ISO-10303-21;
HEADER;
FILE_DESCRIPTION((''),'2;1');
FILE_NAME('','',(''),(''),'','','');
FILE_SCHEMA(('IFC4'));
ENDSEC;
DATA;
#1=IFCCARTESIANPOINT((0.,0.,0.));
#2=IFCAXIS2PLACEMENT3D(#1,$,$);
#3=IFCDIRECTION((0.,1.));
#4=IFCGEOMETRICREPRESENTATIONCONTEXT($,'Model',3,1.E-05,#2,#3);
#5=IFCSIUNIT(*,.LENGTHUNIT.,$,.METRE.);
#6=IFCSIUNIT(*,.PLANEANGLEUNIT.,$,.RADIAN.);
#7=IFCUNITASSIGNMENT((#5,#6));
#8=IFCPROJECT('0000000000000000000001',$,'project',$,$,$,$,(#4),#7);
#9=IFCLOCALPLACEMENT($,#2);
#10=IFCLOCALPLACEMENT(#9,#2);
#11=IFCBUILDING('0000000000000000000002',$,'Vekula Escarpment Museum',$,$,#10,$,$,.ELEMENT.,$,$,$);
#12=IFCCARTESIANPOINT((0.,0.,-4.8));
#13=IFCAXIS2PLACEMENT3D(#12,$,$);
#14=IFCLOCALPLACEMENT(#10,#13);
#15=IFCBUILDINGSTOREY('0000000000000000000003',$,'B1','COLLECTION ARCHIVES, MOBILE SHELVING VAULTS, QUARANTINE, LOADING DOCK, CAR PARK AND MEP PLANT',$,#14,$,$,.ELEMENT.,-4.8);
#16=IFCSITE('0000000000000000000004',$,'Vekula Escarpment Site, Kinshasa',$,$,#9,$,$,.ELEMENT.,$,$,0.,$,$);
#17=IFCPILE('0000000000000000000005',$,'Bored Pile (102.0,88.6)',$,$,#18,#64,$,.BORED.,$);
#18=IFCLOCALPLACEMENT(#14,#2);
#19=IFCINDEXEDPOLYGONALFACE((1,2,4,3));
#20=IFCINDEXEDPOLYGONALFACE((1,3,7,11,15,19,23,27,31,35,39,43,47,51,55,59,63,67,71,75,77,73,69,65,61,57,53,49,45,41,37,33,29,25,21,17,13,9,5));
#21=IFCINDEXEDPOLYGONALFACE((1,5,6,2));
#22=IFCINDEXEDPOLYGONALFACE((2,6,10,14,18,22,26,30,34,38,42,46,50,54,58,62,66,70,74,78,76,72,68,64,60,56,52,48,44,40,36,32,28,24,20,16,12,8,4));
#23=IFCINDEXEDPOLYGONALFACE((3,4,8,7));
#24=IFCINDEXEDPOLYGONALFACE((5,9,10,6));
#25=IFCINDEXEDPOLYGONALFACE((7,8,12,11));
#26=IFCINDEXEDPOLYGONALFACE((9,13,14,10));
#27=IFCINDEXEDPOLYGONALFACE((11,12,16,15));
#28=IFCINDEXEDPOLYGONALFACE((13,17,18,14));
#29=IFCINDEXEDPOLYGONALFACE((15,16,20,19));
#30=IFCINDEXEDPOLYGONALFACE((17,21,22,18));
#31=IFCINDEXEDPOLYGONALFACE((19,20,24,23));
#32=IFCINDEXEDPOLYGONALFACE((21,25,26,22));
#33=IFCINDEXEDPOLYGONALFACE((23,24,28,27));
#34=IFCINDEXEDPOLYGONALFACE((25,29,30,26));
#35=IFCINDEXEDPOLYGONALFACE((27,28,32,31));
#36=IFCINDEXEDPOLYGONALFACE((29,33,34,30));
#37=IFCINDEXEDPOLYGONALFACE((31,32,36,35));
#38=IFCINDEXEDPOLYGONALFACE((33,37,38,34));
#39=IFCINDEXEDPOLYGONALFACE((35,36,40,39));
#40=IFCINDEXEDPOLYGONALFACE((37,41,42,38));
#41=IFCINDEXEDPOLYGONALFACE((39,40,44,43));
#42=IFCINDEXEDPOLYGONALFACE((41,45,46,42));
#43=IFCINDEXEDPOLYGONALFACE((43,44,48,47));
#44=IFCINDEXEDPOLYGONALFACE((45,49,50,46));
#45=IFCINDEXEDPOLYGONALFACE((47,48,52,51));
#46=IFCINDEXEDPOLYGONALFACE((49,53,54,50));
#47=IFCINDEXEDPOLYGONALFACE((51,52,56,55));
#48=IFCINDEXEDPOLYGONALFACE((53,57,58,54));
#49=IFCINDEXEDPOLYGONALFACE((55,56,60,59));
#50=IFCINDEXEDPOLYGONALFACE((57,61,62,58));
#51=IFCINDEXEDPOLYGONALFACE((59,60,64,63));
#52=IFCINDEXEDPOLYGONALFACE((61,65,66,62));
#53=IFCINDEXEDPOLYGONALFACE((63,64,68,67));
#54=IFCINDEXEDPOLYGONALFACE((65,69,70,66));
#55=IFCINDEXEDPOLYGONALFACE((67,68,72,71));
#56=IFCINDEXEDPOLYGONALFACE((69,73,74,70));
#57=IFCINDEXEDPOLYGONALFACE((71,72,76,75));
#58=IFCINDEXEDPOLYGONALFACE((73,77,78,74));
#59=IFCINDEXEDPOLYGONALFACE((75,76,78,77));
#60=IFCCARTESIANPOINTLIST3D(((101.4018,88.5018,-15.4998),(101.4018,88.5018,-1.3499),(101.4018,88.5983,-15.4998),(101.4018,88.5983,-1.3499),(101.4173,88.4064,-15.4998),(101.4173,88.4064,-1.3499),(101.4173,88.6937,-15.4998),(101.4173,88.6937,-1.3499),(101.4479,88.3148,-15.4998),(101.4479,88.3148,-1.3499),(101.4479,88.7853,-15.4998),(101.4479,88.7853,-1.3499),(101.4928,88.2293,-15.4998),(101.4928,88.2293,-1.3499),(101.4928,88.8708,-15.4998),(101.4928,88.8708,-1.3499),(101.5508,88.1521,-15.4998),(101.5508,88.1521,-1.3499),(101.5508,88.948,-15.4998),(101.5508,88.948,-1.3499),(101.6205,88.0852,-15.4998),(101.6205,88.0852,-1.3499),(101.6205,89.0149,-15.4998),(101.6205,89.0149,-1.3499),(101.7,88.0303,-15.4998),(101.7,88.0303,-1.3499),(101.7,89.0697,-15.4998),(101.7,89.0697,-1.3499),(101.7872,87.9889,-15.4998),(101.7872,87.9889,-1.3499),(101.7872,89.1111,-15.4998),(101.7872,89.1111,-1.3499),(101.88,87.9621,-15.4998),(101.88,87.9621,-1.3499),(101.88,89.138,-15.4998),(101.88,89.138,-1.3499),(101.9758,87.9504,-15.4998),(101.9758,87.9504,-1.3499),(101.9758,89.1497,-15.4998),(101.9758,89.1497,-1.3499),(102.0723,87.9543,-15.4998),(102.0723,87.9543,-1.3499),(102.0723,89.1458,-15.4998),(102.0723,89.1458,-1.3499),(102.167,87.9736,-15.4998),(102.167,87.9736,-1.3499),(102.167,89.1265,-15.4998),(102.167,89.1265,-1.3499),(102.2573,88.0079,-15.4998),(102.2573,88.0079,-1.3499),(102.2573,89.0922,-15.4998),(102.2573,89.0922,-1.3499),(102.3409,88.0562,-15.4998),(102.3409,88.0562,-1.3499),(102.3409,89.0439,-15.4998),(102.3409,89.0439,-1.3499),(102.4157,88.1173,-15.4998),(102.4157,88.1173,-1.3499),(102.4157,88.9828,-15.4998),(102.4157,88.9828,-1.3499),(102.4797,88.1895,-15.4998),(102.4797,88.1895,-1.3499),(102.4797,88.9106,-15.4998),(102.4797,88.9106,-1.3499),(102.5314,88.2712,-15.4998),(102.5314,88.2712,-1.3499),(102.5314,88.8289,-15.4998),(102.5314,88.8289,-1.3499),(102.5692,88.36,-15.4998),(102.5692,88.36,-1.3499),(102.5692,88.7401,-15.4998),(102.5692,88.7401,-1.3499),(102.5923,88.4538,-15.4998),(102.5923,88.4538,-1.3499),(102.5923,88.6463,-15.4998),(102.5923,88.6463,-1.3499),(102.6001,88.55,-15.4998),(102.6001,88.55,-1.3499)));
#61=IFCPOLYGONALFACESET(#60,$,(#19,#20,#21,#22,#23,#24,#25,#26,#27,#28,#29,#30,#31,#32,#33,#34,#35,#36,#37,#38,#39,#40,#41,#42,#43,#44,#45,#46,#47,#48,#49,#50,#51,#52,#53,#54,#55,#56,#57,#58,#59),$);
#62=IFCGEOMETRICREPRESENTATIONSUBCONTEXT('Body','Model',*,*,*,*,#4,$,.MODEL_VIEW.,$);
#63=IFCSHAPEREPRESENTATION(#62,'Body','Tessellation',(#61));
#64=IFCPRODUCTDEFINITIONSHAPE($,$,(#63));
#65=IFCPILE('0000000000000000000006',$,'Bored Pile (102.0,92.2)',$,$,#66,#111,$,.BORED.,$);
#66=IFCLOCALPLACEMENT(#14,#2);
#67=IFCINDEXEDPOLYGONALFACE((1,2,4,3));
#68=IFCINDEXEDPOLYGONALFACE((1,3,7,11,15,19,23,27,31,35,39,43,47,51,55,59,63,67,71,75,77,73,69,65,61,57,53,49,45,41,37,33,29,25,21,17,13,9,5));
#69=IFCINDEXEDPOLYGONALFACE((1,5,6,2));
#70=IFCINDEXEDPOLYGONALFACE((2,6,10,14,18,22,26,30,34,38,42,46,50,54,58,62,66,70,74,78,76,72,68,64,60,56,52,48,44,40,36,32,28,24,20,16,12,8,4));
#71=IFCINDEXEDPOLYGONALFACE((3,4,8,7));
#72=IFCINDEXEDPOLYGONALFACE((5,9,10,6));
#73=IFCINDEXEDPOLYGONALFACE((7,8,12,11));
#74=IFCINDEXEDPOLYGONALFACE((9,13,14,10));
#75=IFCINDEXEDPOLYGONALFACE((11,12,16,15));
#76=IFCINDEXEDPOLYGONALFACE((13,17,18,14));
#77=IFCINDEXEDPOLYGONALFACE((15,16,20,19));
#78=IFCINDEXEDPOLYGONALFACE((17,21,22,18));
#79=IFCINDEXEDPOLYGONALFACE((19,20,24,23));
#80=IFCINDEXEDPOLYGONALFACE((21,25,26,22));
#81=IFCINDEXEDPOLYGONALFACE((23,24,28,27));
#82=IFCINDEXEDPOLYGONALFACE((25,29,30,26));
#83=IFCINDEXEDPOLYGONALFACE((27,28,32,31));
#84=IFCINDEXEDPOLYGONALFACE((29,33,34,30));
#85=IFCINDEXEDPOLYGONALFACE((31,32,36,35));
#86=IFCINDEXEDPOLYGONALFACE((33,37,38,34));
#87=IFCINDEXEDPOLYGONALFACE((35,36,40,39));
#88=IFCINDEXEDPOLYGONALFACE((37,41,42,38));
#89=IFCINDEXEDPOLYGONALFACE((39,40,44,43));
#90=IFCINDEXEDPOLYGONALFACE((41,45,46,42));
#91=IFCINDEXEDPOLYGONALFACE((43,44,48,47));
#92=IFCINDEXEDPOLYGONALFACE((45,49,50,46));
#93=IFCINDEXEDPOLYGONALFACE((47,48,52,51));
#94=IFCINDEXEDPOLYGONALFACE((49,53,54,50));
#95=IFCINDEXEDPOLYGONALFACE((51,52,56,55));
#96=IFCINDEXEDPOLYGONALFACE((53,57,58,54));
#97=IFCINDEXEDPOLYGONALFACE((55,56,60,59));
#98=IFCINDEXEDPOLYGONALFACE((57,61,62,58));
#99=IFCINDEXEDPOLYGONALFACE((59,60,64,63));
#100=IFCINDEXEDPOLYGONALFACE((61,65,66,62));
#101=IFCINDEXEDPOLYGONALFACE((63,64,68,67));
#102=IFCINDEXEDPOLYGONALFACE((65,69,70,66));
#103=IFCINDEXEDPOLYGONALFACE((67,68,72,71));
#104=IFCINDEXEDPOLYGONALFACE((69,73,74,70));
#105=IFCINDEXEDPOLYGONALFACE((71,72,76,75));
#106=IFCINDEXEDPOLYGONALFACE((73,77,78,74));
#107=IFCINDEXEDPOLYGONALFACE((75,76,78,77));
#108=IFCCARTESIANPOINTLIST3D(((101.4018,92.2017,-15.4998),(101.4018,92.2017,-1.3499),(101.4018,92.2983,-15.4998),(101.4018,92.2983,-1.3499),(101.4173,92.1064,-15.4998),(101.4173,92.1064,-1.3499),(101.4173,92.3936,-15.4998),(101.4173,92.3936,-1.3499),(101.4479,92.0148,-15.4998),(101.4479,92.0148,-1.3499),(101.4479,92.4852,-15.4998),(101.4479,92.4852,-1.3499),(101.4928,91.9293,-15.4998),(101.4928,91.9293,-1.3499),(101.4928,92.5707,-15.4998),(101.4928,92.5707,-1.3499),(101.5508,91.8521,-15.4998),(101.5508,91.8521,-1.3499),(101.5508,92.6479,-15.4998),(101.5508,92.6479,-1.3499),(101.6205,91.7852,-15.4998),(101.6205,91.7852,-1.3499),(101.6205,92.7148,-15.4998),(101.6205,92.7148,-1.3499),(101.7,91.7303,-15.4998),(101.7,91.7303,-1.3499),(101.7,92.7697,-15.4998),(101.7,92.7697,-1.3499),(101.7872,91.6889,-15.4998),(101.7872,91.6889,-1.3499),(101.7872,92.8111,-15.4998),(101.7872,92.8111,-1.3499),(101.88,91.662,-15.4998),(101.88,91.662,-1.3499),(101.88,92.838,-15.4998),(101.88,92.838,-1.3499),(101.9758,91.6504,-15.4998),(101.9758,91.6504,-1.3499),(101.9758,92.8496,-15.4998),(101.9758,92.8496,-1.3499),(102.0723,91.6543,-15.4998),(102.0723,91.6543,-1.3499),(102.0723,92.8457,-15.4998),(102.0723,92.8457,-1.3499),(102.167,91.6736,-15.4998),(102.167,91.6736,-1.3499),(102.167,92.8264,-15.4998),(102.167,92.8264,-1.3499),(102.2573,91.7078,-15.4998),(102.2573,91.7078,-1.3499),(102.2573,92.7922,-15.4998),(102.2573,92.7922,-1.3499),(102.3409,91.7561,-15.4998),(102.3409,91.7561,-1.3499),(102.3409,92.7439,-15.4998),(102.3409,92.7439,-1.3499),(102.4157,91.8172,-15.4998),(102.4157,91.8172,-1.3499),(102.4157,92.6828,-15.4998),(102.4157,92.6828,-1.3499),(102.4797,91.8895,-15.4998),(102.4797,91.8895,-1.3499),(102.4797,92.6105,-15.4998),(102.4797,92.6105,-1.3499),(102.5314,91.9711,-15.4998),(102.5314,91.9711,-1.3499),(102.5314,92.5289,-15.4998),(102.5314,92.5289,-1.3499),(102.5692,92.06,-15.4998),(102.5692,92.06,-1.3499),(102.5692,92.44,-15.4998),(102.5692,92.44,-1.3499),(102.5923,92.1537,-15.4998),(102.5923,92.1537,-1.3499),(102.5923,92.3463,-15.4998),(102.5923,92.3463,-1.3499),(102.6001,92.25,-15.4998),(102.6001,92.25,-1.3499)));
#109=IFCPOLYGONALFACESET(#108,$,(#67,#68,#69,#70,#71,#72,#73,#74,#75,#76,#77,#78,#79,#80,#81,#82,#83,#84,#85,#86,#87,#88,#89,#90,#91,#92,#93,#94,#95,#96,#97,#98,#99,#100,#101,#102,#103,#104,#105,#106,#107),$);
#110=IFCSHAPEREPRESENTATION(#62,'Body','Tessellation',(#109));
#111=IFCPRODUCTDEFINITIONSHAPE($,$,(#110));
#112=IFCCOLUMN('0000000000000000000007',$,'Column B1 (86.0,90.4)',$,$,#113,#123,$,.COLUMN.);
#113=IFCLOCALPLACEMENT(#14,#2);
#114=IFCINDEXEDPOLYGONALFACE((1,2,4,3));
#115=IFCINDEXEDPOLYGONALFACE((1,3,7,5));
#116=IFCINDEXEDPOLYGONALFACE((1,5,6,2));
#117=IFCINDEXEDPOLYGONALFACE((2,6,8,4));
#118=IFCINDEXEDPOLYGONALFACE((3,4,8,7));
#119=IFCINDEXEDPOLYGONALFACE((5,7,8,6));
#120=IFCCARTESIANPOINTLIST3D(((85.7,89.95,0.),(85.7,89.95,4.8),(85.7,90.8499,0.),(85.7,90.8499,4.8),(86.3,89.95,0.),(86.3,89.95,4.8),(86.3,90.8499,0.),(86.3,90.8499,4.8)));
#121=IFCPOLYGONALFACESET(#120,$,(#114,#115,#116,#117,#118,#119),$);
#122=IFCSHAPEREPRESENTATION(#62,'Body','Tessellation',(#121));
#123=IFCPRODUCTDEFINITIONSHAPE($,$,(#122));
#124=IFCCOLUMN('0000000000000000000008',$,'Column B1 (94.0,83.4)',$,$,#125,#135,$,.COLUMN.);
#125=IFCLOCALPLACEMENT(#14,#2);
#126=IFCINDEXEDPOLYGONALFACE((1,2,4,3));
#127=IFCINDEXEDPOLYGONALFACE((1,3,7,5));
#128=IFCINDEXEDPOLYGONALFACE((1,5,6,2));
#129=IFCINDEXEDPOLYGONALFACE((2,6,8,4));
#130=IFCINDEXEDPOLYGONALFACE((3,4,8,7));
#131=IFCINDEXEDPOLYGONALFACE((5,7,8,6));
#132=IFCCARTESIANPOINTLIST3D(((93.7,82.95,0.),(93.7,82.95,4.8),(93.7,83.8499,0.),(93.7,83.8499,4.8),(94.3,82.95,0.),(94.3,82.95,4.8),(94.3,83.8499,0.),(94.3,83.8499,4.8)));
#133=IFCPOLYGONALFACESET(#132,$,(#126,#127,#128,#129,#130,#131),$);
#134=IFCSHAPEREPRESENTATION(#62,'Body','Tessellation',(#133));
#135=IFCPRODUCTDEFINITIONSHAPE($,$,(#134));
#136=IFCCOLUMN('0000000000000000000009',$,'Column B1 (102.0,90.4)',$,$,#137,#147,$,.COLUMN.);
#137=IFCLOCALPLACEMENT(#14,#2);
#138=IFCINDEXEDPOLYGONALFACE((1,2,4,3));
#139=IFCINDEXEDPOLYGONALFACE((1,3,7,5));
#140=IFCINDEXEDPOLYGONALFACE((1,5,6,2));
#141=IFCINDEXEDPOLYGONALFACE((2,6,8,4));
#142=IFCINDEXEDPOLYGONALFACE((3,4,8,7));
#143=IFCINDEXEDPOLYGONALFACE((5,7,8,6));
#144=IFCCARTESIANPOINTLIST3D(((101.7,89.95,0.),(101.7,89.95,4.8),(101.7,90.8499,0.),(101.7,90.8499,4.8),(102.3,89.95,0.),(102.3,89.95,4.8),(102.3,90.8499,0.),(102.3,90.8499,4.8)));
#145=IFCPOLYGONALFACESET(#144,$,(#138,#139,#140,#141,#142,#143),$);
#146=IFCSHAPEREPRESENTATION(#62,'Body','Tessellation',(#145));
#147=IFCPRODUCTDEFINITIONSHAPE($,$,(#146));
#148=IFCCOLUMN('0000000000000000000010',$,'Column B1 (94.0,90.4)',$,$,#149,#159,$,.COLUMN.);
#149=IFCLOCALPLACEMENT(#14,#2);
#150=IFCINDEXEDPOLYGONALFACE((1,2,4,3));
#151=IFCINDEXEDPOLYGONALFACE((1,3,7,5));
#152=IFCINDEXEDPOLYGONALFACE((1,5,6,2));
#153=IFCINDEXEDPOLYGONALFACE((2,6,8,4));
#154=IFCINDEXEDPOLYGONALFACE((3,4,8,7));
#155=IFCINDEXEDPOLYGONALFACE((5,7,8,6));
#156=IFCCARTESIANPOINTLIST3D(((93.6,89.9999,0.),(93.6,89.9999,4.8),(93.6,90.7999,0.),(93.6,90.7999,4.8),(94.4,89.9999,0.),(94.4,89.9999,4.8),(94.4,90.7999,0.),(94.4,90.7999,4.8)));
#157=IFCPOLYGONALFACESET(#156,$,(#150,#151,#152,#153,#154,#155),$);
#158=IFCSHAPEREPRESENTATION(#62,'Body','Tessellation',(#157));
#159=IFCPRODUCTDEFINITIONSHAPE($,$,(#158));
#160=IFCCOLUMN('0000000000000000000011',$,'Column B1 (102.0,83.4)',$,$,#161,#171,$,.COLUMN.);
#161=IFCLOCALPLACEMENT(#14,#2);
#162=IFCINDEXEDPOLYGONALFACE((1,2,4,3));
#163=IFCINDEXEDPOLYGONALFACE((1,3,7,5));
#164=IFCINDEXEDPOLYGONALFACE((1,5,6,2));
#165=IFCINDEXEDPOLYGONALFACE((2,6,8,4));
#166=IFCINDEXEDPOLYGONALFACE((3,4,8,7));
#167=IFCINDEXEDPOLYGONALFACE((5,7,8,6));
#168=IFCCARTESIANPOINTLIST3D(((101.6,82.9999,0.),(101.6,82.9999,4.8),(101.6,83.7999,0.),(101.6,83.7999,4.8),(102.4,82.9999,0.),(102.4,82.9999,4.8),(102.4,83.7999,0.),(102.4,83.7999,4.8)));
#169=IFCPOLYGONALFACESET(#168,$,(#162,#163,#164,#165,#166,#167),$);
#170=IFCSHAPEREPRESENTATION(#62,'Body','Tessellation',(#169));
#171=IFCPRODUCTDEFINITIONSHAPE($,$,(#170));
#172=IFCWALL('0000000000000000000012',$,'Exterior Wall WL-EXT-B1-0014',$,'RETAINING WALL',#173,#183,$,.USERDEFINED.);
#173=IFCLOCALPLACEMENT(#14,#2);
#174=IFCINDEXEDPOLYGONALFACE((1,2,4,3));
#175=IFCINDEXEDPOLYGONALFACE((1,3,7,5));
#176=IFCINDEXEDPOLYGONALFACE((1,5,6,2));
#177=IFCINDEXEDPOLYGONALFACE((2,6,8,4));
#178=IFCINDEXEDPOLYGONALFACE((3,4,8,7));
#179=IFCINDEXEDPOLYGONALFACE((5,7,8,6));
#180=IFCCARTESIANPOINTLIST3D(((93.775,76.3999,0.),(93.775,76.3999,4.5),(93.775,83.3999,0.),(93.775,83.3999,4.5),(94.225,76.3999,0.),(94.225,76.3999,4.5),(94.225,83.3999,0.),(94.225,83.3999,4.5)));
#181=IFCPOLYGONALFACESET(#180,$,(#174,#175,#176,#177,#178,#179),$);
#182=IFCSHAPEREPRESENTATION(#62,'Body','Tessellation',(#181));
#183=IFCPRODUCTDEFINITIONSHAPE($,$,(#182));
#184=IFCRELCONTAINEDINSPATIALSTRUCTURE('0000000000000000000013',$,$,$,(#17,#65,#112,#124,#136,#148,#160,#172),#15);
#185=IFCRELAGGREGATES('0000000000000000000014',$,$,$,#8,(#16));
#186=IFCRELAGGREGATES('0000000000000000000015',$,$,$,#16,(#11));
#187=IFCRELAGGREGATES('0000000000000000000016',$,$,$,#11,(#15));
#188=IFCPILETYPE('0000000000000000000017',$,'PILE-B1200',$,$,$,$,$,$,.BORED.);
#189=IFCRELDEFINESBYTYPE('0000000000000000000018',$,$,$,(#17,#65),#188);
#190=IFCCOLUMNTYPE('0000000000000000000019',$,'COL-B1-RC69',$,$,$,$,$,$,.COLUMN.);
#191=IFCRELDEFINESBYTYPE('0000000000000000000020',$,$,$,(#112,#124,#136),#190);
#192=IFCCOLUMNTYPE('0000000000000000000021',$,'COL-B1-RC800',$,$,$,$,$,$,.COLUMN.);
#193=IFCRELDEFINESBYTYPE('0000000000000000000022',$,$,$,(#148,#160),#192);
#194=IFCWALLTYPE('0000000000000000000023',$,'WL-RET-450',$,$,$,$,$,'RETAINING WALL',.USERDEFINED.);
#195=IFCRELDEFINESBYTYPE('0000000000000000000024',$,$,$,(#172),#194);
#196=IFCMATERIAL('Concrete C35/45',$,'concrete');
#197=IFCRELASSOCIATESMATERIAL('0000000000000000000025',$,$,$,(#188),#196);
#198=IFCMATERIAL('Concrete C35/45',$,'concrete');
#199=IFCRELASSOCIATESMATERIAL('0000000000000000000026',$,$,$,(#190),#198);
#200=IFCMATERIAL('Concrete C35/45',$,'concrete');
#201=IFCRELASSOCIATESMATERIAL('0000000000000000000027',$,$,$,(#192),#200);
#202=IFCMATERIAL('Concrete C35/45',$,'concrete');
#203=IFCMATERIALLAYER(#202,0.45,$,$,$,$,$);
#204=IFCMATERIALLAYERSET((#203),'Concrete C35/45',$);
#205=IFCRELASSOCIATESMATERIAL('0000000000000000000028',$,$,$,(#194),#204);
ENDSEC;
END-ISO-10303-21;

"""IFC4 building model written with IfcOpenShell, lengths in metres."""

from ifc_helpers import new_model, si_unit, direction, frame, frame_2d, origin, origin_2d, place, context, subcontext, project, spatial, rectangle, circle, extrude, material, layer, layer_set, material_profile, profile_set, type_object, element, save


model = new_model("IFC4")

# Units and contexts
model_context = context("Model", 3, precision=1e-05, world=origin(), true_north=direction((0.0, 1.0)))
body_context = subcontext(model_context, "Body", "Model", "MODEL_VIEW")
ifc_project = project(units=[si_unit("LENGTHUNIT", "METRE"), si_unit("PLANEANGLEUNIT", "RADIAN")], contexts=[model_context])

# Site, building, storey
site_placement = place(None, origin())
site = spatial("IfcSite", under=ifc_project, at=site_placement, Name="Vekula Escarpment Site, Kinshasa", CompositionType="ELEMENT", RefElevation=0.0)
building_placement = place(site_placement, origin())
building = spatial("IfcBuilding", under=site, at=building_placement, Name="Vekula Escarpment Museum", CompositionType="ELEMENT")
storey_placement = place(building_placement, frame((0.0, 0.0, -4.8)))
storey = spatial("IfcBuildingStorey", under=building, at=storey_placement, Name="B1", Description="COLLECTION ARCHIVES, MOBILE SHELVING VAULTS, QUARANTINE, LOADING DOCK, CAR PARK AND MEP PLANT", CompositionType="ELEMENT", Elevation=-4.8)

# Piles
ifc_material_1 = material(Name="Concrete C35/45", Category="concrete")
ifc_material_profile_1 = material_profile(ifc_material_1, circle(Radius=0.6001, at=origin_2d()), Name="BORED PILE 1200")
ifc_profile_set_1 = profile_set([ifc_material_profile_1], Name="Concrete C35/45")
pile_type = type_object("IfcPileType", Name="PILE-B1200", PredefinedType="BORED", material=ifc_profile_set_1)
for number, where, z_axis, x_axis, name in (
    (1, (102.0, 88.55, -1.3499), (0.0, 0.0, -1.0), (1.0, 0.0, 0.0), "Bored Pile (102.0,88.6)"),
    (2, (102.0, 92.25, -1.3499), (0.0, 0.0, -1.0), (1.0, 0.0, 0.0), "Bored Pile (102.0,92.2)"),
):
    element("IfcPile", number, at=place(storey_placement, frame(where, z_axis=z_axis, x_axis=x_axis)), inside=storey, type_object=pile_type, Name=name, PredefinedType="BORED", context=body_context, shape_type="SweptSolid", body=[
        extrude(circle(Radius=0.6001, at=origin_2d()), origin(), (0.0, 0.0, 1.0), 14.1499),
    ])

# Columns
ifc_material_2 = material(Name="Concrete C35/45", Category="concrete")
ifc_material_profile_2 = material_profile(ifc_material_2, rectangle(XDim=0.6001, YDim=0.8999, at=origin_2d()), Name="RC 600x900")
ifc_profile_set_2 = profile_set([ifc_material_profile_2], Name="Concrete C35/45")
column_type_1 = type_object("IfcColumnType", Name="COL-B1-RC69", PredefinedType="COLUMN", material=ifc_profile_set_2)
for number, where, z_axis, x_axis, name in (
    (3, (86.0, 90.3999, 0.0), (0.0, 0.0, 1.0), (1.0, 0.0, 0.0), "Column B1 (86.0,90.4)"),
    (4, (94.0, 83.3999, 0.0), (0.0, 0.0, 1.0), (1.0, 0.0, 0.0), "Column B1 (94.0,83.4)"),
    (5, (102.0, 90.3999, 0.0), (0.0, 0.0, 1.0), (1.0, 0.0, 0.0), "Column B1 (102.0,90.4)"),
):
    element("IfcColumn", number, at=place(storey_placement, frame(where, z_axis=z_axis, x_axis=x_axis)), inside=storey, type_object=column_type_1, Name=name, PredefinedType="COLUMN", context=body_context, shape_type="SweptSolid", body=[
        extrude(rectangle(XDim=0.6001, YDim=0.8999, at=origin_2d()), origin(), (0.0, 0.0, 1.0), 4.8),
    ])
ifc_material_3 = material(Name="Concrete C35/45", Category="concrete")
ifc_material_profile_3 = material_profile(ifc_material_3, rectangle(XDim=0.8, YDim=0.8, at=origin_2d()), Name="RC 800x800")
ifc_profile_set_3 = profile_set([ifc_material_profile_3], Name="Concrete C35/45")
column_type_2 = type_object("IfcColumnType", Name="COL-B1-RC800", PredefinedType="COLUMN", material=ifc_profile_set_3)
for number, where, z_axis, x_axis, name in (
    (6, (94.0, 90.3999, 0.0), (0.0, 0.0, 1.0), (1.0, 0.0, 0.0), "Column B1 (94.0,90.4)"),
    (7, (102.0, 83.3999, 0.0), (0.0, 0.0, 1.0), (1.0, 0.0, 0.0), "Column B1 (102.0,83.4)"),
):
    element("IfcColumn", number, at=place(storey_placement, frame(where, z_axis=z_axis, x_axis=x_axis)), inside=storey, type_object=column_type_2, Name=name, PredefinedType="COLUMN", context=body_context, shape_type="SweptSolid", body=[
        extrude(rectangle(XDim=0.8, YDim=0.8, at=origin_2d()), origin(), (0.0, 0.0, 1.0), 4.8),
    ])

# Wall
ifc_material_4 = material(Name="Concrete C35/45", Category="concrete")
ifc_layer = layer(ifc_material_4, 0.45)
ifc_layer_set = layer_set([ifc_layer], Name="Concrete C35/45")
wall_type = type_object("IfcWallType", Name="WL-RET-450", ElementType="RETAINING WALL", PredefinedType="USERDEFINED", material=ifc_layer_set)
wall_placement = place(storey_placement, frame((94.0, 83.3999, 0.0), z_axis=(0.0, 0.0, 1.0), x_axis=(0.0, -1.0, 0.0)))
element("IfcWall", 8, at=wall_placement, inside=storey, type_object=wall_type, Name="Exterior Wall WL-EXT-B1-0014", ObjectType="RETAINING WALL", PredefinedType="USERDEFINED", context=body_context, shape_type="SweptSolid", body=[
    extrude(rectangle(XDim=7.0, YDim=0.45, at=frame_2d((3.5, 0.0))), origin(), (0.0, 0.0, 1.0), 4.5),
])

save(model, "model.ifc")
